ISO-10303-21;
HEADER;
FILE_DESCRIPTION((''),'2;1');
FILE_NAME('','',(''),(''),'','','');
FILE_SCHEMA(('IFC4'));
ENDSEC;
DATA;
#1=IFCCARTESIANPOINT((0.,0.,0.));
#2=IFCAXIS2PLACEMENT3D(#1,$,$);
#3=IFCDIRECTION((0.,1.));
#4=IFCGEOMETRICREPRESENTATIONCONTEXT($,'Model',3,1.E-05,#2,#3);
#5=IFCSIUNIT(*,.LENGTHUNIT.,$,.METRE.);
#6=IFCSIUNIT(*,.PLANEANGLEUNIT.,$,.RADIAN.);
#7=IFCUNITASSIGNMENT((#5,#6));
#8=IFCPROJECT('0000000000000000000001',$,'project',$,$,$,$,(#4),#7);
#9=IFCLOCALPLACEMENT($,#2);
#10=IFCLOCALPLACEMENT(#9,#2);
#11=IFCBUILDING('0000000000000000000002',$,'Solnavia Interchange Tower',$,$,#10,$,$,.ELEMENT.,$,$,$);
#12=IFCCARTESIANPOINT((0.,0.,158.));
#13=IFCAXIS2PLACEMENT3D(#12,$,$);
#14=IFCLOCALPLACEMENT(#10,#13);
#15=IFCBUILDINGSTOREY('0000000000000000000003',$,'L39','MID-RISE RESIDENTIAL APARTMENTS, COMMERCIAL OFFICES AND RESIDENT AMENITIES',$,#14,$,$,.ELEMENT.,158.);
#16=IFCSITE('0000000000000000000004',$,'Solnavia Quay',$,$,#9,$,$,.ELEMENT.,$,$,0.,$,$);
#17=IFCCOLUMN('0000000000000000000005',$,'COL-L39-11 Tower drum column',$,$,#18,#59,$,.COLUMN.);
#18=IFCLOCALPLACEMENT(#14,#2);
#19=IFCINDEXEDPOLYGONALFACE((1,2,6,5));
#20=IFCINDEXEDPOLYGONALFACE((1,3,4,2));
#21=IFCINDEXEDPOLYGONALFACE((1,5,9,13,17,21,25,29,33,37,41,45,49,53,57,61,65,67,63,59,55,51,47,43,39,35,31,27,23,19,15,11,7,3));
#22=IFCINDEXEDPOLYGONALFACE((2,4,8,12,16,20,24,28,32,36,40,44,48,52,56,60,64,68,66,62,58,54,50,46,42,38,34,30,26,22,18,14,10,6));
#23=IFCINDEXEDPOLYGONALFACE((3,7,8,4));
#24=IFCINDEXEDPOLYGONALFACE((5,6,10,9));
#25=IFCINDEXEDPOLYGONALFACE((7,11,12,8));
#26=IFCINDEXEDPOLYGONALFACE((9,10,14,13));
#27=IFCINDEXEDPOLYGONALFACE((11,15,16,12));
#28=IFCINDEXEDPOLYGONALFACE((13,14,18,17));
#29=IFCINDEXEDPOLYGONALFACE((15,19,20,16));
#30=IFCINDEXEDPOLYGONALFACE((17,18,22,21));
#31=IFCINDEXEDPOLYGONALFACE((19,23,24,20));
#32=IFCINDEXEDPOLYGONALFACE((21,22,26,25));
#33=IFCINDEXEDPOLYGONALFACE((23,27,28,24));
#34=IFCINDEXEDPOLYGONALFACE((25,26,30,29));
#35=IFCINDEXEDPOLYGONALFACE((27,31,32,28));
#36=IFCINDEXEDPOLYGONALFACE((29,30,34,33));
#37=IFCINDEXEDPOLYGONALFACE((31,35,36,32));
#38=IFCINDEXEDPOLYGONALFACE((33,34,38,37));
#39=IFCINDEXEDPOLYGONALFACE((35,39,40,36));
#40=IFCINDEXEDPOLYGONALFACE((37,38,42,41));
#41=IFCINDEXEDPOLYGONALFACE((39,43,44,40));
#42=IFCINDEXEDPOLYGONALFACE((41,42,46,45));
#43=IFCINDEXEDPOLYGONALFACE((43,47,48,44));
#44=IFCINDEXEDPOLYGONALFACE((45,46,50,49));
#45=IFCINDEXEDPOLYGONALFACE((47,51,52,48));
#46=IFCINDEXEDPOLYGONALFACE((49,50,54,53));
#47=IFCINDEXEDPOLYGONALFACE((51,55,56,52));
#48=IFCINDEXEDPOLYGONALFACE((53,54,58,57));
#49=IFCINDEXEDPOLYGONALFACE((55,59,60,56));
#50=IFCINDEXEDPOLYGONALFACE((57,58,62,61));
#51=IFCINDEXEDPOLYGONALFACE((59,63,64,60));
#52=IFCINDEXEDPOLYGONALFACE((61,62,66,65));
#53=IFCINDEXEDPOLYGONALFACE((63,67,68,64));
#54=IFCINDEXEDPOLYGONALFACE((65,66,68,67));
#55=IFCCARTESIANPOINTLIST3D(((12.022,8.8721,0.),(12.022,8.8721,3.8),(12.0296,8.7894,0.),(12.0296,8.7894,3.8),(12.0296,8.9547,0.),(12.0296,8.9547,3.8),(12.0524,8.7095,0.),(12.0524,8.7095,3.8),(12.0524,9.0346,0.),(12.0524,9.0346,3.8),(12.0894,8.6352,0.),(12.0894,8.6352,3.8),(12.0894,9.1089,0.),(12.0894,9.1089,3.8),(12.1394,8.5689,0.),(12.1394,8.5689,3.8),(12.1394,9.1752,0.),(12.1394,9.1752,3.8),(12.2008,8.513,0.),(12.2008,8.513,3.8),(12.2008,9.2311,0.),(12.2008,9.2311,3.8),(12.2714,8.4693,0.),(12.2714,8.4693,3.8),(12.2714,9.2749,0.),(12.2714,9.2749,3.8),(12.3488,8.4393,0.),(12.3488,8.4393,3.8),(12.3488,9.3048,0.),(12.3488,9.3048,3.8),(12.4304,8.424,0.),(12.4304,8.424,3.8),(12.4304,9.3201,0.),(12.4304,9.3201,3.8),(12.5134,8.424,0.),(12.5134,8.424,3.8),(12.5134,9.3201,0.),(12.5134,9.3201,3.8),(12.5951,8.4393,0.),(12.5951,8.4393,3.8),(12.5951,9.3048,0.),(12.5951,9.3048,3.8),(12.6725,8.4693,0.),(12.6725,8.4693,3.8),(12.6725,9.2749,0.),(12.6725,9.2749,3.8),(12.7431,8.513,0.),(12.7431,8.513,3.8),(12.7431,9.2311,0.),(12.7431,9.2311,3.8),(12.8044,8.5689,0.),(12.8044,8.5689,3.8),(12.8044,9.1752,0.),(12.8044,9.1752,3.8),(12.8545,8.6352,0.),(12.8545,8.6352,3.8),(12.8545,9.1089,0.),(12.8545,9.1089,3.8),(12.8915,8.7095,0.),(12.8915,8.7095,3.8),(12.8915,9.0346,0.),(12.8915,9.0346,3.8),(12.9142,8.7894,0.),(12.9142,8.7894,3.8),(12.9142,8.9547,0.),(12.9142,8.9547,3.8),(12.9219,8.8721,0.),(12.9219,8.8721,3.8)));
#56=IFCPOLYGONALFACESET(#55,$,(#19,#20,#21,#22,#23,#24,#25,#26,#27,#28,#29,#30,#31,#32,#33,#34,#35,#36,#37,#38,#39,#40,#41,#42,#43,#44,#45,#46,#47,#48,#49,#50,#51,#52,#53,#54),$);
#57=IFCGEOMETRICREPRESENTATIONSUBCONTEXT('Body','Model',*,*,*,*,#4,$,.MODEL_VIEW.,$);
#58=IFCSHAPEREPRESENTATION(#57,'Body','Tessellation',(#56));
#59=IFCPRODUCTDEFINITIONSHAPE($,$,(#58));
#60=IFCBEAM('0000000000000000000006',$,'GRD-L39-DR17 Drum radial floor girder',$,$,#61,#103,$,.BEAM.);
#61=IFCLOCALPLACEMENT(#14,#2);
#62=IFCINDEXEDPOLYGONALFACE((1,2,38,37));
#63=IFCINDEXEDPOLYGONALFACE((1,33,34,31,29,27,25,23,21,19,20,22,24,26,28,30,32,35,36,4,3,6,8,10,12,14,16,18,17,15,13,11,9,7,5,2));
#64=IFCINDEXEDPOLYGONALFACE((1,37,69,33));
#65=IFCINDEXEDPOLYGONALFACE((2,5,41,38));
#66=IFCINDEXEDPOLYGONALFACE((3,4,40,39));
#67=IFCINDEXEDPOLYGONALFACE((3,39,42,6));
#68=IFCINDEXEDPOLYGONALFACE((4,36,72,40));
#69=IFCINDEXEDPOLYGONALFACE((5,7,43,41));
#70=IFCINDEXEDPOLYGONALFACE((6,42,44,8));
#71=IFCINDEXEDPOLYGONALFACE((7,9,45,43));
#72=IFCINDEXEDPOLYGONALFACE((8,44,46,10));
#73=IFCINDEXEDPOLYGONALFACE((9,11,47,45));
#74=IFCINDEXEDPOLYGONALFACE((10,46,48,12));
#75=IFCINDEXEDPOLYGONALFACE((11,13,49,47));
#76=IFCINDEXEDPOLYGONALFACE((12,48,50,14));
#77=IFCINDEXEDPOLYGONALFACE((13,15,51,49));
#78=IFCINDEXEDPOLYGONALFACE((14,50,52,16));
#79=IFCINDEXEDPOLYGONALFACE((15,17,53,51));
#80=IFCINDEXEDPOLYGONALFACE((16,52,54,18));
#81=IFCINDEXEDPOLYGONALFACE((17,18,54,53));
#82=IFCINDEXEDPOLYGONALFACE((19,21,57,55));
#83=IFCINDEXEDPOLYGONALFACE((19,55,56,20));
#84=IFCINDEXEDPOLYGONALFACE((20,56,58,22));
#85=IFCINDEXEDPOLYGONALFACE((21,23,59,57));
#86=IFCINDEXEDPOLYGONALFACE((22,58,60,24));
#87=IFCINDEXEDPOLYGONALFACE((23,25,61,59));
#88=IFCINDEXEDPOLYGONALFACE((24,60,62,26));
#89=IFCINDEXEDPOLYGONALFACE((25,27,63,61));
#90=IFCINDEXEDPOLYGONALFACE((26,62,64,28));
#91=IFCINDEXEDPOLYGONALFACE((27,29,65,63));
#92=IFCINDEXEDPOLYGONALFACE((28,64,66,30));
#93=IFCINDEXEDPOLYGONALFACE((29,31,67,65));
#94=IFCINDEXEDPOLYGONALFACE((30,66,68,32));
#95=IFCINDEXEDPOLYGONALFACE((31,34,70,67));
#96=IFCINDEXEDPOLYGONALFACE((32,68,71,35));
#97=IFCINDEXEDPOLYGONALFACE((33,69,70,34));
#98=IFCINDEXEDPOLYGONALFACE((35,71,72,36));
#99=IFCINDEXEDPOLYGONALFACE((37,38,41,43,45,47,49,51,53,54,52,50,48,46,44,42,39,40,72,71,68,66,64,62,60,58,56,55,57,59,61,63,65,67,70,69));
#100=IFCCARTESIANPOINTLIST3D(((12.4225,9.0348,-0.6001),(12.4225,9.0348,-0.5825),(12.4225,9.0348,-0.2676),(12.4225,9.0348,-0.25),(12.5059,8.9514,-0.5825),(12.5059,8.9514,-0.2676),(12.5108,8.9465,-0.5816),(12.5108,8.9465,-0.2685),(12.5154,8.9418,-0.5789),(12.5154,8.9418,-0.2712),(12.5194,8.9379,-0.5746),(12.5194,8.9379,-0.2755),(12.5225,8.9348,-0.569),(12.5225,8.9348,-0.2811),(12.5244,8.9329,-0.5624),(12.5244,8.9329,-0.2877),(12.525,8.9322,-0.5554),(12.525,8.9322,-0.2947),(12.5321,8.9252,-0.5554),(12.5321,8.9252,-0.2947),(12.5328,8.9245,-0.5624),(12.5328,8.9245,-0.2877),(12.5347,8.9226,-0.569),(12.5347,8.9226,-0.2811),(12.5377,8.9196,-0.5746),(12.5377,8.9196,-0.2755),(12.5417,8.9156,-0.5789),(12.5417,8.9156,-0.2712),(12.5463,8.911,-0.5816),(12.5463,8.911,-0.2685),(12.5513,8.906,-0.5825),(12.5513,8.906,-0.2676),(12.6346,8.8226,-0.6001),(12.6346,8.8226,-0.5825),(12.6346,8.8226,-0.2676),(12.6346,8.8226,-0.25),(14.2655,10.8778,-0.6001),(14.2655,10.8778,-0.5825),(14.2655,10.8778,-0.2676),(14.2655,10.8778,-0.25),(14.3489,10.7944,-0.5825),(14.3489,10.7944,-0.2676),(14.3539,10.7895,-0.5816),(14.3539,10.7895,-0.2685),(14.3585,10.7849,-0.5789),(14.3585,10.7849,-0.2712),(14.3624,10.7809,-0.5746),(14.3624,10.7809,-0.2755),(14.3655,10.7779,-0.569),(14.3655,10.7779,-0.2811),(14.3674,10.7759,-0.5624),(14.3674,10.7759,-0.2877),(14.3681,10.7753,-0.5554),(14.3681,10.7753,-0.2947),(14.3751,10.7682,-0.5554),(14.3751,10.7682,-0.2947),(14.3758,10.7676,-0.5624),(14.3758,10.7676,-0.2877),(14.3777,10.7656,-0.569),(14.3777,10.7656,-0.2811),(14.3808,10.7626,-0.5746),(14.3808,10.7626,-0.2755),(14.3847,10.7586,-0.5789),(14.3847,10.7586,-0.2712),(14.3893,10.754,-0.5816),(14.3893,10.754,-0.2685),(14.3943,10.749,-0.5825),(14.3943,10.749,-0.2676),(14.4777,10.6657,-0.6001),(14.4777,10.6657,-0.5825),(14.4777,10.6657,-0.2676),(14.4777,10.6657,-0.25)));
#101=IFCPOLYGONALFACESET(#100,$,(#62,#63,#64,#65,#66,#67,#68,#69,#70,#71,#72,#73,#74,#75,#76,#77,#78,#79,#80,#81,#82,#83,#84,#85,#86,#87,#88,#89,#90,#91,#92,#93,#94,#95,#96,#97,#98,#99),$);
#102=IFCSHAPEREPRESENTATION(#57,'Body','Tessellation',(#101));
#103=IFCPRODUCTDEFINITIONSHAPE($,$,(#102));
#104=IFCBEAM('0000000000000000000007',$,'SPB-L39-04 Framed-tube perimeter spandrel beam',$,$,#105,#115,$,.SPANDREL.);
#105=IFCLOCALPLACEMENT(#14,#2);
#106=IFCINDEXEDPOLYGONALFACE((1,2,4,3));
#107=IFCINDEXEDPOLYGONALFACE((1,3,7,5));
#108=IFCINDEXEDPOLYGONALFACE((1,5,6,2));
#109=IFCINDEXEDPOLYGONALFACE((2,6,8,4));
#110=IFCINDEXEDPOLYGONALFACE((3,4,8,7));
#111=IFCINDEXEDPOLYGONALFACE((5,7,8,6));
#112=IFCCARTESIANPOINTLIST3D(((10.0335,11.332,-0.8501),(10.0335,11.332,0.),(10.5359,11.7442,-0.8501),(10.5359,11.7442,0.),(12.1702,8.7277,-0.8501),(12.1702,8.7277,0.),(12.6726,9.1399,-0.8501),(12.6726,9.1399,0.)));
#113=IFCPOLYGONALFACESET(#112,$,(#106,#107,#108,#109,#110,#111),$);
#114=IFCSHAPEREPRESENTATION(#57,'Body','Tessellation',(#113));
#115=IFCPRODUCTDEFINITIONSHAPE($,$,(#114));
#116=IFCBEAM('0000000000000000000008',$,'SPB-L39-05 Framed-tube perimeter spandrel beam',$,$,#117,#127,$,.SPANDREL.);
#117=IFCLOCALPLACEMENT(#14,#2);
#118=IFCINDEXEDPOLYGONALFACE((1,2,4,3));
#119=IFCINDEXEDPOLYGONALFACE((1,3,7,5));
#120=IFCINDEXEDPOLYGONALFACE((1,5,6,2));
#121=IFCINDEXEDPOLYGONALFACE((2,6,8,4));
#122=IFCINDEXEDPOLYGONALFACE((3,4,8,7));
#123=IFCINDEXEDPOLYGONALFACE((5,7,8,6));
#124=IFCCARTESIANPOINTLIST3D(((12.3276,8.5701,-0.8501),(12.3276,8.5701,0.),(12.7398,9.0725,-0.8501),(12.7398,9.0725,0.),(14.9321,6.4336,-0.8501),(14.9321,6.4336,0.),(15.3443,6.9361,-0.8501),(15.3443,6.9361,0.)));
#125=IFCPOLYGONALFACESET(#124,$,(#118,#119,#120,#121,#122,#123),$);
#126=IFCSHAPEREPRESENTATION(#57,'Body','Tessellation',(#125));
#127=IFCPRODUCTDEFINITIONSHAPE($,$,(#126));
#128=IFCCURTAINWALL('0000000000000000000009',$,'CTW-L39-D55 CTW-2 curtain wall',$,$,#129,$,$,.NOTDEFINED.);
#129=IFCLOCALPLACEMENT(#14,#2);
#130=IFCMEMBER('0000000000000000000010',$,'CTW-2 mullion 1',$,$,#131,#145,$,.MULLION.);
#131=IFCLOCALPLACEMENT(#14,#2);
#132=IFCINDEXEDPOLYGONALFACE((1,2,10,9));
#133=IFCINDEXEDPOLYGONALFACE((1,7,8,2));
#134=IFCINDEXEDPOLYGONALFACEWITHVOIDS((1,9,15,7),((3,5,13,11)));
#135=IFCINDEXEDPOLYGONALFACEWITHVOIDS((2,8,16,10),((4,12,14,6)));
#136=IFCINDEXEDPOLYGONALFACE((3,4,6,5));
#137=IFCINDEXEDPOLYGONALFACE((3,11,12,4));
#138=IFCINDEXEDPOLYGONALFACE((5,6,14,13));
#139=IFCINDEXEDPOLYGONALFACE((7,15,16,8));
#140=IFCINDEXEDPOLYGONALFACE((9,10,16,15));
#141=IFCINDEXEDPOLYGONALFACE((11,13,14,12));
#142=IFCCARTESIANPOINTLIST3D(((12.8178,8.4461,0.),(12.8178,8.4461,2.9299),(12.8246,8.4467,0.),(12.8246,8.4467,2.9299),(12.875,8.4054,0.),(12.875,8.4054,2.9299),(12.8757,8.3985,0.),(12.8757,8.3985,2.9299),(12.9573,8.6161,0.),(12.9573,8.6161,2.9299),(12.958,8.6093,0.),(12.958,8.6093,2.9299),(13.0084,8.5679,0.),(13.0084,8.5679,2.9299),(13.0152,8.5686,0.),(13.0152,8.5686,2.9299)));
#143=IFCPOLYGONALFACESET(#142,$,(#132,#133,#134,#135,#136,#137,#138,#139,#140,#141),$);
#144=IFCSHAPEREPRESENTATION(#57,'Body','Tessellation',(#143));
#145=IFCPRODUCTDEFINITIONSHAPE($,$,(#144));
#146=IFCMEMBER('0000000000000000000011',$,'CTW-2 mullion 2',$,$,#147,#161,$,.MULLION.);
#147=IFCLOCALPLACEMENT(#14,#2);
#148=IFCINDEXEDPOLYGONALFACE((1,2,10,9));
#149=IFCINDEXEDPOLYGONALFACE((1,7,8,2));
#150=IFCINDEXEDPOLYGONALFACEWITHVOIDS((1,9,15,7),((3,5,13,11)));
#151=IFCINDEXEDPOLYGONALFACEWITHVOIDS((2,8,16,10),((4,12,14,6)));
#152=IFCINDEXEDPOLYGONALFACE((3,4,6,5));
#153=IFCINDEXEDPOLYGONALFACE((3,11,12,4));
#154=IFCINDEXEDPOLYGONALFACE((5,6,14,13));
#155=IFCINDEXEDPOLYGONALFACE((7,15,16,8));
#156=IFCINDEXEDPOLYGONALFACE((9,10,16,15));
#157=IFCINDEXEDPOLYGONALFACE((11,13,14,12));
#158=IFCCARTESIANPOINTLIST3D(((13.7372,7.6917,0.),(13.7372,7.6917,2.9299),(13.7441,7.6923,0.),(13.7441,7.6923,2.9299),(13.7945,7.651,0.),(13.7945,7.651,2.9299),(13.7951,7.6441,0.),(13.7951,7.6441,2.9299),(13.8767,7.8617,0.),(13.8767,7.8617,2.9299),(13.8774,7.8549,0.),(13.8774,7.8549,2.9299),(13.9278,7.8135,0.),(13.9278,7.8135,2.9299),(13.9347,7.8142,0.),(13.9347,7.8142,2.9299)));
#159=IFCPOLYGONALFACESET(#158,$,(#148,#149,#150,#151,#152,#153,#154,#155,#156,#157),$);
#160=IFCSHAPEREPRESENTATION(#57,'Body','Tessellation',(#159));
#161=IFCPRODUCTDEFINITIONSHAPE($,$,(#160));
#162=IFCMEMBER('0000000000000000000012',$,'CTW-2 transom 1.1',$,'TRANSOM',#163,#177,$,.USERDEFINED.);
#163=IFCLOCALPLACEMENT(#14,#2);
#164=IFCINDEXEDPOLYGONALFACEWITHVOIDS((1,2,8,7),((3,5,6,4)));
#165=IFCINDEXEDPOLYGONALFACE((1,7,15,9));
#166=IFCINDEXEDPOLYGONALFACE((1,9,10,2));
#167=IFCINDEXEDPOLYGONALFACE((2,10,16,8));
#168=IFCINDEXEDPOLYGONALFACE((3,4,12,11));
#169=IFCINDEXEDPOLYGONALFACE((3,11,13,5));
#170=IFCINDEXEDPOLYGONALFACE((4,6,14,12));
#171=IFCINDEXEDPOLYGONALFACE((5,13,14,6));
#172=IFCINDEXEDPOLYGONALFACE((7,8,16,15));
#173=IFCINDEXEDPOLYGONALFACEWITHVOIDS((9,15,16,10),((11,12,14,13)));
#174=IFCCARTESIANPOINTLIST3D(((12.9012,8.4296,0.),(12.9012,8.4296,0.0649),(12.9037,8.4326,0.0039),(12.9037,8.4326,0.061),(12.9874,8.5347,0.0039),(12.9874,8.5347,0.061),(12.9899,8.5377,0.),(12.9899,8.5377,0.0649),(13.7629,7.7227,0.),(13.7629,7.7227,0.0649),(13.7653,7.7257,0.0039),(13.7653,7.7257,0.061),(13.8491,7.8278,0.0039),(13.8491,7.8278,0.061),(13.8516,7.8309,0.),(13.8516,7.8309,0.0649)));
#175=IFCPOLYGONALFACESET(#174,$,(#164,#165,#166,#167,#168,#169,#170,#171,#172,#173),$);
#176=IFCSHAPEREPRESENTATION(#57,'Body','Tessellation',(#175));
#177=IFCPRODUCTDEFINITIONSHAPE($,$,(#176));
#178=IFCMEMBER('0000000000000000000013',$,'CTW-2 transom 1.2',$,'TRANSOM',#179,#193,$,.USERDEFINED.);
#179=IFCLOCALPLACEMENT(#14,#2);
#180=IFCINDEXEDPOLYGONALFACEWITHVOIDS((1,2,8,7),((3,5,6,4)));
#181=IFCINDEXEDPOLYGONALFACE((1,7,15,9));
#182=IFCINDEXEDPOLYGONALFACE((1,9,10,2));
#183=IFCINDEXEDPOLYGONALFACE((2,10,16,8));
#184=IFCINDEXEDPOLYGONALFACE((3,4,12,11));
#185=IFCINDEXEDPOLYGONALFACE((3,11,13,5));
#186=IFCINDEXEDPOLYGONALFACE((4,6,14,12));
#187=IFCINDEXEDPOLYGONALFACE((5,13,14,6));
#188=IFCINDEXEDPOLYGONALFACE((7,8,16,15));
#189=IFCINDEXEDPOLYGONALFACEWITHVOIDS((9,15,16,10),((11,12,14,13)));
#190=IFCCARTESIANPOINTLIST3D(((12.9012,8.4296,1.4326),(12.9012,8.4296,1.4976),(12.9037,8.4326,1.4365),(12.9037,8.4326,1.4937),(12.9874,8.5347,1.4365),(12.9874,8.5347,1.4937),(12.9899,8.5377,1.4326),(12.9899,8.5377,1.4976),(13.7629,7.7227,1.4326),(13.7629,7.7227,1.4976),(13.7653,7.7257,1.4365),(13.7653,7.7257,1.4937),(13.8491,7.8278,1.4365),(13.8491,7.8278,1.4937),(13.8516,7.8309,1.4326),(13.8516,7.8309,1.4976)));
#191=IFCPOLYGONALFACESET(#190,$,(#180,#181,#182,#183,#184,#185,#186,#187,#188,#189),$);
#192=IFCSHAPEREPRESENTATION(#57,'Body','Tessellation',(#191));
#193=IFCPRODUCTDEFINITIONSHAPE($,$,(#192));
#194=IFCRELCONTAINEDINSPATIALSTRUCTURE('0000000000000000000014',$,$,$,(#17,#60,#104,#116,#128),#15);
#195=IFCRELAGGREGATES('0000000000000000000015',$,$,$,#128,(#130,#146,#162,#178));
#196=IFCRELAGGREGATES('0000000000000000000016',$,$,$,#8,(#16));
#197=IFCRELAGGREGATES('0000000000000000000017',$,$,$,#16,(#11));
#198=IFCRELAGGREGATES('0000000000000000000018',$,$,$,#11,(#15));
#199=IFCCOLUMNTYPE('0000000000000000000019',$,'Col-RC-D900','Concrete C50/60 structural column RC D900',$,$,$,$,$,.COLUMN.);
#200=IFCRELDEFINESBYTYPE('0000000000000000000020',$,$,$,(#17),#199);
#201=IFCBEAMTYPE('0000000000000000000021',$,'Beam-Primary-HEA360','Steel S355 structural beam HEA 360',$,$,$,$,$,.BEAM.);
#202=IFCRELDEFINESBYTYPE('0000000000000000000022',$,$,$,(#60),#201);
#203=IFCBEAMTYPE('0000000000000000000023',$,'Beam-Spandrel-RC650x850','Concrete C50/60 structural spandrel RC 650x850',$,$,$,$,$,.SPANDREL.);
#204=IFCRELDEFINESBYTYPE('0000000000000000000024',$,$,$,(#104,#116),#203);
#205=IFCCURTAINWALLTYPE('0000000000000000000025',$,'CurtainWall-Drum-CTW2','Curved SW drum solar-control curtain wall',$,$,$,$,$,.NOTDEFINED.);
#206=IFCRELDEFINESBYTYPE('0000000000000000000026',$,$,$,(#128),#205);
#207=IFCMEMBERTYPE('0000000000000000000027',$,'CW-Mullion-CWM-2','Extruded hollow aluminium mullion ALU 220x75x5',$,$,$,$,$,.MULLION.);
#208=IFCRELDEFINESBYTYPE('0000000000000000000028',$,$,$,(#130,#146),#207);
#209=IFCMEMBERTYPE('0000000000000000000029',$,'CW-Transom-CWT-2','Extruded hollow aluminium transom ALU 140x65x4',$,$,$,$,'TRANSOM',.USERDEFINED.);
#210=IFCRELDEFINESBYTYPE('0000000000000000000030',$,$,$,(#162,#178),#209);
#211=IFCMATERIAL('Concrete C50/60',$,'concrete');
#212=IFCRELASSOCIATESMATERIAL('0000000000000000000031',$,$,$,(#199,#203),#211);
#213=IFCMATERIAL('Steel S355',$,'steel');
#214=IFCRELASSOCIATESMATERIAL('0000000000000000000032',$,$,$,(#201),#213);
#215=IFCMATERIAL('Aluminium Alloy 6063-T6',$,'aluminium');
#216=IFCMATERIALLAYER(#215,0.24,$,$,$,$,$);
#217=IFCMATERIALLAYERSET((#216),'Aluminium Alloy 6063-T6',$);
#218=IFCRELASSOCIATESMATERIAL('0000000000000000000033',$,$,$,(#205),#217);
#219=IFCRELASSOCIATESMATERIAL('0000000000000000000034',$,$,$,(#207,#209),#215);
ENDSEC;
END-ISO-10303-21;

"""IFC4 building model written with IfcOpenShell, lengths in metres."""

from ifc_helpers import new_model, si_unit, direction, frame, origin, origin_2d, place, context, subcontext, project, spatial, rectangle, hollow_rectangle, circle, i_section, extrude, material, layer, layer_set, material_profile, profile_set, type_object, element, aggregate, save


model = new_model("IFC4")

# Units and contexts
model_context = context("Model", 3, precision=1e-05, world=origin(), true_north=direction((0.0, 1.0)))
body_context = subcontext(model_context, "Body", "Model", "MODEL_VIEW")
ifc_project = project(units=[si_unit("LENGTHUNIT", "METRE"), si_unit("PLANEANGLEUNIT", "RADIAN")], contexts=[model_context])

# Site, building, storey
site_placement = place(None, origin())
site = spatial("IfcSite", under=ifc_project, at=site_placement, Name="Solnavia Quay", CompositionType="ELEMENT", RefElevation=0.0)
building_placement = place(site_placement, origin())
building = spatial("IfcBuilding", under=site, at=building_placement, Name="Solnavia Interchange Tower", CompositionType="ELEMENT")
storey_placement = place(building_placement, frame((0.0, 0.0, 158.0)))
storey = spatial("IfcBuildingStorey", under=building, at=storey_placement, Name="L39", Description="MID-RISE RESIDENTIAL APARTMENTS, COMMERCIAL OFFICES AND RESIDENT AMENITIES", CompositionType="ELEMENT", Elevation=158.0)

# Column
ifc_material_1 = material(Name="Concrete C50/60", Category="concrete")
ifc_material_profile_1 = material_profile(ifc_material_1, circle(Radius=0.45, at=origin_2d()), Name="RC D900")
ifc_profile_set_1 = profile_set([ifc_material_profile_1], Name="Concrete C50/60")
column_type = type_object("IfcColumnType", Name="Col-RC-D900", Description="Concrete C50/60 structural column RC D900", PredefinedType="COLUMN", material=ifc_profile_set_1)
column_placement = place(storey_placement, frame((12.4719, 8.8721, 0.0), z_axis=(0.0, 0.0, 1.0), x_axis=(1.0, 0.0, 0.0)))
element("IfcColumn", 1, at=column_placement, inside=storey, type_object=column_type, Name="COL-L39-11 Tower drum column", PredefinedType="COLUMN", context=body_context, shape_type="SweptSolid", body=[
    extrude(circle(Radius=0.45, at=origin_2d()), origin(), (0.0, 0.0, 1.0), 3.8),
])

# Beams
ifc_material_2 = material(Name="Steel S355", Category="steel")
ifc_material_profile_2 = material_profile(ifc_material_2, i_section(OverallWidth=0.3, OverallDepth=0.3501, WebThickness=0.01, FlangeThickness=0.0176, FilletRadius=0.0271, at=origin_2d()), Name="HEA 360")
ifc_profile_set_2 = profile_set([ifc_material_profile_2], Name="Steel S355")
beam_type_1 = type_object("IfcBeamType", Name="Beam-Primary-HEA360", Description="Steel S355 structural beam HEA 360", PredefinedType="BEAM", material=ifc_profile_set_2)
beam_placement = place(storey_placement, frame((12.5286, 8.9287, -0.425), z_axis=(0.707107, 0.707107, 0.0), x_axis=(-0.707107, 0.707107, 0.0)))
element("IfcBeam", 2, at=beam_placement, inside=storey, type_object=beam_type_1, Name="GRD-L39-DR17 Drum radial floor girder", PredefinedType="BEAM", context=body_context, shape_type="SweptSolid", body=[
    extrude(i_section(OverallWidth=0.3, OverallDepth=0.3501, WebThickness=0.01, FlangeThickness=0.0176, FilletRadius=0.0271, at=origin_2d()), origin(), (0.0, 0.0, 1.0), 2.6064),
])
ifc_material_profile_3 = material_profile(ifc_material_1, rectangle(XDim=0.6499, YDim=0.8501, at=origin_2d()), Name="RC 650x850")
ifc_profile_set_3 = profile_set([ifc_material_profile_3], Name="Concrete C50/60")
beam_type_2 = type_object("IfcBeamType", Name="Beam-Spandrel-RC650x850", Description="Concrete C50/60 structural spandrel RC 650x850", PredefinedType="SPANDREL", material=ifc_profile_set_3)
for number, where, z_axis, x_axis, name in (
    (3, (10.2847, 11.5381, -0.425), (0.634299, -0.773088, 0.0), (0.773088, 0.634299, 0.0), "SPB-L39-04 Framed-tube perimeter spandrel beam"),
    (4, (12.5337, 8.8213, -0.425), (0.773153, -0.63422, 0.0), (0.63422, 0.773153, 0.0), "SPB-L39-05 Framed-tube perimeter spandrel beam"),
):
    element("IfcBeam", number, at=place(storey_placement, frame(where, z_axis=z_axis, x_axis=x_axis)), inside=storey, type_object=beam_type_2, Name=name, PredefinedType="SPANDREL", context=body_context, shape_type="SweptSolid", body=[
        extrude(rectangle(XDim=0.6499, YDim=0.8501, at=origin_2d()), origin(), (0.0, 0.0, 1.0), 3.3687),
    ])

# Curtain wall, members
ifc_material_3 = material(Name="Aluminium Alloy 6063-T6", Category="aluminium")
ifc_layer_1 = layer(ifc_material_3, 0.24)
ifc_layer_set_1 = layer_set([ifc_layer_1], Name="Aluminium Alloy 6063-T6")
curtain_wall_type = type_object("IfcCurtainWallType", Name="CurtainWall-Drum-CTW2", Description="Curved SW drum solar-control curtain wall", PredefinedType="NOTDEFINED", material=ifc_layer_set_1)
curtain_wall_placement = place(storey_placement, origin())
curtain_wall = element("IfcCurtainWall", 5, at=curtain_wall_placement, inside=storey, type_object=curtain_wall_type, Name="CTW-L39-D55 CTW-2 curtain wall", PredefinedType="NOTDEFINED")
ifc_material_profile_4 = material_profile(ifc_material_3, hollow_rectangle(XDim=0.075, YDim=0.22, WallThickness=0.0049, at=origin_2d()), Name="ALU 220x75x5")
ifc_profile_set_4 = profile_set([ifc_material_profile_4], Name="Aluminium Alloy 6063-T6")
member_type_1 = type_object("IfcMemberType", Name="CW-Mullion-CWM-2", Description="Extruded hollow aluminium mullion ALU 220x75x5", PredefinedType="MULLION", material=ifc_profile_set_4)
member_1_placement = place(storey_placement, frame((12.9165, 8.5073, 0.0), z_axis=(0.0, 0.0, 1.0), x_axis=(0.773103, -0.63428, 0.0)))
member_1 = element("IfcMember", 6, at=member_1_placement, type_object=member_type_1, Name="CTW-2 mullion 1", PredefinedType="MULLION", context=body_context, shape_type="SweptSolid", body=[
    extrude(hollow_rectangle(XDim=0.075, YDim=0.22, WallThickness=0.0049, at=origin_2d()), origin(), (0.0, 0.0, 1.0), 2.9299),
])
member_2_placement = place(storey_placement, frame((13.8359, 7.7529, 0.0), z_axis=(0.0, 0.0, 1.0), x_axis=(0.773103, -0.63428, 0.0)))
member_2 = element("IfcMember", 7, at=member_2_placement, type_object=member_type_1, Name="CTW-2 mullion 2", PredefinedType="MULLION", context=body_context, shape_type="SweptSolid", body=[
    extrude(hollow_rectangle(XDim=0.075, YDim=0.22, WallThickness=0.0049, at=origin_2d()), origin(), (0.0, 0.0, 1.0), 2.9299),
])
ifc_material_profile_5 = material_profile(ifc_material_3, hollow_rectangle(XDim=0.0649, YDim=0.1399, WallThickness=0.0039, at=origin_2d()), Name="ALU 140x65x4")
ifc_profile_set_5 = profile_set([ifc_material_profile_5], Name="Aluminium Alloy 6063-T6")
member_type_2 = type_object("IfcMemberType", Name="CW-Transom-CWT-2", Description="Extruded hollow aluminium transom ALU 140x65x4", ElementType="TRANSOM", PredefinedType="USERDEFINED", material=ifc_profile_set_5)
member_3_placement = place(storey_placement, frame((12.9456, 8.4836, 0.0325), z_axis=(0.773137, -0.634239, 0.0), x_axis=(0.0, 0.0, 1.0)))
member_3 = element("IfcMember", 8, at=member_3_placement, type_object=member_type_2, Name="CTW-2 transom 1.1", ObjectType="TRANSOM", PredefinedType="USERDEFINED", context=body_context, shape_type="SweptSolid", body=[
    extrude(hollow_rectangle(XDim=0.0649, YDim=0.1399, WallThickness=0.0039, at=origin_2d()), origin(), (0.0, 0.0, 1.0), 1.1145),
])
member_4_placement = place(storey_placement, frame((12.9456, 8.4836, 1.4651), z_axis=(0.773137, -0.634239, 0.0), x_axis=(0.0, 0.0, 1.0)))
member_4 = element("IfcMember", 9, at=member_4_placement, type_object=member_type_2, Name="CTW-2 transom 1.2", ObjectType="TRANSOM", PredefinedType="USERDEFINED", context=body_context, shape_type="SweptSolid", body=[
    extrude(hollow_rectangle(XDim=0.0649, YDim=0.1399, WallThickness=0.0039, at=origin_2d()), origin(), (0.0, 0.0, 1.0), 1.1145),
])
aggregate(curtain_wall, [member_1, member_2, member_3, member_4])

save(model, "model.ifc")
